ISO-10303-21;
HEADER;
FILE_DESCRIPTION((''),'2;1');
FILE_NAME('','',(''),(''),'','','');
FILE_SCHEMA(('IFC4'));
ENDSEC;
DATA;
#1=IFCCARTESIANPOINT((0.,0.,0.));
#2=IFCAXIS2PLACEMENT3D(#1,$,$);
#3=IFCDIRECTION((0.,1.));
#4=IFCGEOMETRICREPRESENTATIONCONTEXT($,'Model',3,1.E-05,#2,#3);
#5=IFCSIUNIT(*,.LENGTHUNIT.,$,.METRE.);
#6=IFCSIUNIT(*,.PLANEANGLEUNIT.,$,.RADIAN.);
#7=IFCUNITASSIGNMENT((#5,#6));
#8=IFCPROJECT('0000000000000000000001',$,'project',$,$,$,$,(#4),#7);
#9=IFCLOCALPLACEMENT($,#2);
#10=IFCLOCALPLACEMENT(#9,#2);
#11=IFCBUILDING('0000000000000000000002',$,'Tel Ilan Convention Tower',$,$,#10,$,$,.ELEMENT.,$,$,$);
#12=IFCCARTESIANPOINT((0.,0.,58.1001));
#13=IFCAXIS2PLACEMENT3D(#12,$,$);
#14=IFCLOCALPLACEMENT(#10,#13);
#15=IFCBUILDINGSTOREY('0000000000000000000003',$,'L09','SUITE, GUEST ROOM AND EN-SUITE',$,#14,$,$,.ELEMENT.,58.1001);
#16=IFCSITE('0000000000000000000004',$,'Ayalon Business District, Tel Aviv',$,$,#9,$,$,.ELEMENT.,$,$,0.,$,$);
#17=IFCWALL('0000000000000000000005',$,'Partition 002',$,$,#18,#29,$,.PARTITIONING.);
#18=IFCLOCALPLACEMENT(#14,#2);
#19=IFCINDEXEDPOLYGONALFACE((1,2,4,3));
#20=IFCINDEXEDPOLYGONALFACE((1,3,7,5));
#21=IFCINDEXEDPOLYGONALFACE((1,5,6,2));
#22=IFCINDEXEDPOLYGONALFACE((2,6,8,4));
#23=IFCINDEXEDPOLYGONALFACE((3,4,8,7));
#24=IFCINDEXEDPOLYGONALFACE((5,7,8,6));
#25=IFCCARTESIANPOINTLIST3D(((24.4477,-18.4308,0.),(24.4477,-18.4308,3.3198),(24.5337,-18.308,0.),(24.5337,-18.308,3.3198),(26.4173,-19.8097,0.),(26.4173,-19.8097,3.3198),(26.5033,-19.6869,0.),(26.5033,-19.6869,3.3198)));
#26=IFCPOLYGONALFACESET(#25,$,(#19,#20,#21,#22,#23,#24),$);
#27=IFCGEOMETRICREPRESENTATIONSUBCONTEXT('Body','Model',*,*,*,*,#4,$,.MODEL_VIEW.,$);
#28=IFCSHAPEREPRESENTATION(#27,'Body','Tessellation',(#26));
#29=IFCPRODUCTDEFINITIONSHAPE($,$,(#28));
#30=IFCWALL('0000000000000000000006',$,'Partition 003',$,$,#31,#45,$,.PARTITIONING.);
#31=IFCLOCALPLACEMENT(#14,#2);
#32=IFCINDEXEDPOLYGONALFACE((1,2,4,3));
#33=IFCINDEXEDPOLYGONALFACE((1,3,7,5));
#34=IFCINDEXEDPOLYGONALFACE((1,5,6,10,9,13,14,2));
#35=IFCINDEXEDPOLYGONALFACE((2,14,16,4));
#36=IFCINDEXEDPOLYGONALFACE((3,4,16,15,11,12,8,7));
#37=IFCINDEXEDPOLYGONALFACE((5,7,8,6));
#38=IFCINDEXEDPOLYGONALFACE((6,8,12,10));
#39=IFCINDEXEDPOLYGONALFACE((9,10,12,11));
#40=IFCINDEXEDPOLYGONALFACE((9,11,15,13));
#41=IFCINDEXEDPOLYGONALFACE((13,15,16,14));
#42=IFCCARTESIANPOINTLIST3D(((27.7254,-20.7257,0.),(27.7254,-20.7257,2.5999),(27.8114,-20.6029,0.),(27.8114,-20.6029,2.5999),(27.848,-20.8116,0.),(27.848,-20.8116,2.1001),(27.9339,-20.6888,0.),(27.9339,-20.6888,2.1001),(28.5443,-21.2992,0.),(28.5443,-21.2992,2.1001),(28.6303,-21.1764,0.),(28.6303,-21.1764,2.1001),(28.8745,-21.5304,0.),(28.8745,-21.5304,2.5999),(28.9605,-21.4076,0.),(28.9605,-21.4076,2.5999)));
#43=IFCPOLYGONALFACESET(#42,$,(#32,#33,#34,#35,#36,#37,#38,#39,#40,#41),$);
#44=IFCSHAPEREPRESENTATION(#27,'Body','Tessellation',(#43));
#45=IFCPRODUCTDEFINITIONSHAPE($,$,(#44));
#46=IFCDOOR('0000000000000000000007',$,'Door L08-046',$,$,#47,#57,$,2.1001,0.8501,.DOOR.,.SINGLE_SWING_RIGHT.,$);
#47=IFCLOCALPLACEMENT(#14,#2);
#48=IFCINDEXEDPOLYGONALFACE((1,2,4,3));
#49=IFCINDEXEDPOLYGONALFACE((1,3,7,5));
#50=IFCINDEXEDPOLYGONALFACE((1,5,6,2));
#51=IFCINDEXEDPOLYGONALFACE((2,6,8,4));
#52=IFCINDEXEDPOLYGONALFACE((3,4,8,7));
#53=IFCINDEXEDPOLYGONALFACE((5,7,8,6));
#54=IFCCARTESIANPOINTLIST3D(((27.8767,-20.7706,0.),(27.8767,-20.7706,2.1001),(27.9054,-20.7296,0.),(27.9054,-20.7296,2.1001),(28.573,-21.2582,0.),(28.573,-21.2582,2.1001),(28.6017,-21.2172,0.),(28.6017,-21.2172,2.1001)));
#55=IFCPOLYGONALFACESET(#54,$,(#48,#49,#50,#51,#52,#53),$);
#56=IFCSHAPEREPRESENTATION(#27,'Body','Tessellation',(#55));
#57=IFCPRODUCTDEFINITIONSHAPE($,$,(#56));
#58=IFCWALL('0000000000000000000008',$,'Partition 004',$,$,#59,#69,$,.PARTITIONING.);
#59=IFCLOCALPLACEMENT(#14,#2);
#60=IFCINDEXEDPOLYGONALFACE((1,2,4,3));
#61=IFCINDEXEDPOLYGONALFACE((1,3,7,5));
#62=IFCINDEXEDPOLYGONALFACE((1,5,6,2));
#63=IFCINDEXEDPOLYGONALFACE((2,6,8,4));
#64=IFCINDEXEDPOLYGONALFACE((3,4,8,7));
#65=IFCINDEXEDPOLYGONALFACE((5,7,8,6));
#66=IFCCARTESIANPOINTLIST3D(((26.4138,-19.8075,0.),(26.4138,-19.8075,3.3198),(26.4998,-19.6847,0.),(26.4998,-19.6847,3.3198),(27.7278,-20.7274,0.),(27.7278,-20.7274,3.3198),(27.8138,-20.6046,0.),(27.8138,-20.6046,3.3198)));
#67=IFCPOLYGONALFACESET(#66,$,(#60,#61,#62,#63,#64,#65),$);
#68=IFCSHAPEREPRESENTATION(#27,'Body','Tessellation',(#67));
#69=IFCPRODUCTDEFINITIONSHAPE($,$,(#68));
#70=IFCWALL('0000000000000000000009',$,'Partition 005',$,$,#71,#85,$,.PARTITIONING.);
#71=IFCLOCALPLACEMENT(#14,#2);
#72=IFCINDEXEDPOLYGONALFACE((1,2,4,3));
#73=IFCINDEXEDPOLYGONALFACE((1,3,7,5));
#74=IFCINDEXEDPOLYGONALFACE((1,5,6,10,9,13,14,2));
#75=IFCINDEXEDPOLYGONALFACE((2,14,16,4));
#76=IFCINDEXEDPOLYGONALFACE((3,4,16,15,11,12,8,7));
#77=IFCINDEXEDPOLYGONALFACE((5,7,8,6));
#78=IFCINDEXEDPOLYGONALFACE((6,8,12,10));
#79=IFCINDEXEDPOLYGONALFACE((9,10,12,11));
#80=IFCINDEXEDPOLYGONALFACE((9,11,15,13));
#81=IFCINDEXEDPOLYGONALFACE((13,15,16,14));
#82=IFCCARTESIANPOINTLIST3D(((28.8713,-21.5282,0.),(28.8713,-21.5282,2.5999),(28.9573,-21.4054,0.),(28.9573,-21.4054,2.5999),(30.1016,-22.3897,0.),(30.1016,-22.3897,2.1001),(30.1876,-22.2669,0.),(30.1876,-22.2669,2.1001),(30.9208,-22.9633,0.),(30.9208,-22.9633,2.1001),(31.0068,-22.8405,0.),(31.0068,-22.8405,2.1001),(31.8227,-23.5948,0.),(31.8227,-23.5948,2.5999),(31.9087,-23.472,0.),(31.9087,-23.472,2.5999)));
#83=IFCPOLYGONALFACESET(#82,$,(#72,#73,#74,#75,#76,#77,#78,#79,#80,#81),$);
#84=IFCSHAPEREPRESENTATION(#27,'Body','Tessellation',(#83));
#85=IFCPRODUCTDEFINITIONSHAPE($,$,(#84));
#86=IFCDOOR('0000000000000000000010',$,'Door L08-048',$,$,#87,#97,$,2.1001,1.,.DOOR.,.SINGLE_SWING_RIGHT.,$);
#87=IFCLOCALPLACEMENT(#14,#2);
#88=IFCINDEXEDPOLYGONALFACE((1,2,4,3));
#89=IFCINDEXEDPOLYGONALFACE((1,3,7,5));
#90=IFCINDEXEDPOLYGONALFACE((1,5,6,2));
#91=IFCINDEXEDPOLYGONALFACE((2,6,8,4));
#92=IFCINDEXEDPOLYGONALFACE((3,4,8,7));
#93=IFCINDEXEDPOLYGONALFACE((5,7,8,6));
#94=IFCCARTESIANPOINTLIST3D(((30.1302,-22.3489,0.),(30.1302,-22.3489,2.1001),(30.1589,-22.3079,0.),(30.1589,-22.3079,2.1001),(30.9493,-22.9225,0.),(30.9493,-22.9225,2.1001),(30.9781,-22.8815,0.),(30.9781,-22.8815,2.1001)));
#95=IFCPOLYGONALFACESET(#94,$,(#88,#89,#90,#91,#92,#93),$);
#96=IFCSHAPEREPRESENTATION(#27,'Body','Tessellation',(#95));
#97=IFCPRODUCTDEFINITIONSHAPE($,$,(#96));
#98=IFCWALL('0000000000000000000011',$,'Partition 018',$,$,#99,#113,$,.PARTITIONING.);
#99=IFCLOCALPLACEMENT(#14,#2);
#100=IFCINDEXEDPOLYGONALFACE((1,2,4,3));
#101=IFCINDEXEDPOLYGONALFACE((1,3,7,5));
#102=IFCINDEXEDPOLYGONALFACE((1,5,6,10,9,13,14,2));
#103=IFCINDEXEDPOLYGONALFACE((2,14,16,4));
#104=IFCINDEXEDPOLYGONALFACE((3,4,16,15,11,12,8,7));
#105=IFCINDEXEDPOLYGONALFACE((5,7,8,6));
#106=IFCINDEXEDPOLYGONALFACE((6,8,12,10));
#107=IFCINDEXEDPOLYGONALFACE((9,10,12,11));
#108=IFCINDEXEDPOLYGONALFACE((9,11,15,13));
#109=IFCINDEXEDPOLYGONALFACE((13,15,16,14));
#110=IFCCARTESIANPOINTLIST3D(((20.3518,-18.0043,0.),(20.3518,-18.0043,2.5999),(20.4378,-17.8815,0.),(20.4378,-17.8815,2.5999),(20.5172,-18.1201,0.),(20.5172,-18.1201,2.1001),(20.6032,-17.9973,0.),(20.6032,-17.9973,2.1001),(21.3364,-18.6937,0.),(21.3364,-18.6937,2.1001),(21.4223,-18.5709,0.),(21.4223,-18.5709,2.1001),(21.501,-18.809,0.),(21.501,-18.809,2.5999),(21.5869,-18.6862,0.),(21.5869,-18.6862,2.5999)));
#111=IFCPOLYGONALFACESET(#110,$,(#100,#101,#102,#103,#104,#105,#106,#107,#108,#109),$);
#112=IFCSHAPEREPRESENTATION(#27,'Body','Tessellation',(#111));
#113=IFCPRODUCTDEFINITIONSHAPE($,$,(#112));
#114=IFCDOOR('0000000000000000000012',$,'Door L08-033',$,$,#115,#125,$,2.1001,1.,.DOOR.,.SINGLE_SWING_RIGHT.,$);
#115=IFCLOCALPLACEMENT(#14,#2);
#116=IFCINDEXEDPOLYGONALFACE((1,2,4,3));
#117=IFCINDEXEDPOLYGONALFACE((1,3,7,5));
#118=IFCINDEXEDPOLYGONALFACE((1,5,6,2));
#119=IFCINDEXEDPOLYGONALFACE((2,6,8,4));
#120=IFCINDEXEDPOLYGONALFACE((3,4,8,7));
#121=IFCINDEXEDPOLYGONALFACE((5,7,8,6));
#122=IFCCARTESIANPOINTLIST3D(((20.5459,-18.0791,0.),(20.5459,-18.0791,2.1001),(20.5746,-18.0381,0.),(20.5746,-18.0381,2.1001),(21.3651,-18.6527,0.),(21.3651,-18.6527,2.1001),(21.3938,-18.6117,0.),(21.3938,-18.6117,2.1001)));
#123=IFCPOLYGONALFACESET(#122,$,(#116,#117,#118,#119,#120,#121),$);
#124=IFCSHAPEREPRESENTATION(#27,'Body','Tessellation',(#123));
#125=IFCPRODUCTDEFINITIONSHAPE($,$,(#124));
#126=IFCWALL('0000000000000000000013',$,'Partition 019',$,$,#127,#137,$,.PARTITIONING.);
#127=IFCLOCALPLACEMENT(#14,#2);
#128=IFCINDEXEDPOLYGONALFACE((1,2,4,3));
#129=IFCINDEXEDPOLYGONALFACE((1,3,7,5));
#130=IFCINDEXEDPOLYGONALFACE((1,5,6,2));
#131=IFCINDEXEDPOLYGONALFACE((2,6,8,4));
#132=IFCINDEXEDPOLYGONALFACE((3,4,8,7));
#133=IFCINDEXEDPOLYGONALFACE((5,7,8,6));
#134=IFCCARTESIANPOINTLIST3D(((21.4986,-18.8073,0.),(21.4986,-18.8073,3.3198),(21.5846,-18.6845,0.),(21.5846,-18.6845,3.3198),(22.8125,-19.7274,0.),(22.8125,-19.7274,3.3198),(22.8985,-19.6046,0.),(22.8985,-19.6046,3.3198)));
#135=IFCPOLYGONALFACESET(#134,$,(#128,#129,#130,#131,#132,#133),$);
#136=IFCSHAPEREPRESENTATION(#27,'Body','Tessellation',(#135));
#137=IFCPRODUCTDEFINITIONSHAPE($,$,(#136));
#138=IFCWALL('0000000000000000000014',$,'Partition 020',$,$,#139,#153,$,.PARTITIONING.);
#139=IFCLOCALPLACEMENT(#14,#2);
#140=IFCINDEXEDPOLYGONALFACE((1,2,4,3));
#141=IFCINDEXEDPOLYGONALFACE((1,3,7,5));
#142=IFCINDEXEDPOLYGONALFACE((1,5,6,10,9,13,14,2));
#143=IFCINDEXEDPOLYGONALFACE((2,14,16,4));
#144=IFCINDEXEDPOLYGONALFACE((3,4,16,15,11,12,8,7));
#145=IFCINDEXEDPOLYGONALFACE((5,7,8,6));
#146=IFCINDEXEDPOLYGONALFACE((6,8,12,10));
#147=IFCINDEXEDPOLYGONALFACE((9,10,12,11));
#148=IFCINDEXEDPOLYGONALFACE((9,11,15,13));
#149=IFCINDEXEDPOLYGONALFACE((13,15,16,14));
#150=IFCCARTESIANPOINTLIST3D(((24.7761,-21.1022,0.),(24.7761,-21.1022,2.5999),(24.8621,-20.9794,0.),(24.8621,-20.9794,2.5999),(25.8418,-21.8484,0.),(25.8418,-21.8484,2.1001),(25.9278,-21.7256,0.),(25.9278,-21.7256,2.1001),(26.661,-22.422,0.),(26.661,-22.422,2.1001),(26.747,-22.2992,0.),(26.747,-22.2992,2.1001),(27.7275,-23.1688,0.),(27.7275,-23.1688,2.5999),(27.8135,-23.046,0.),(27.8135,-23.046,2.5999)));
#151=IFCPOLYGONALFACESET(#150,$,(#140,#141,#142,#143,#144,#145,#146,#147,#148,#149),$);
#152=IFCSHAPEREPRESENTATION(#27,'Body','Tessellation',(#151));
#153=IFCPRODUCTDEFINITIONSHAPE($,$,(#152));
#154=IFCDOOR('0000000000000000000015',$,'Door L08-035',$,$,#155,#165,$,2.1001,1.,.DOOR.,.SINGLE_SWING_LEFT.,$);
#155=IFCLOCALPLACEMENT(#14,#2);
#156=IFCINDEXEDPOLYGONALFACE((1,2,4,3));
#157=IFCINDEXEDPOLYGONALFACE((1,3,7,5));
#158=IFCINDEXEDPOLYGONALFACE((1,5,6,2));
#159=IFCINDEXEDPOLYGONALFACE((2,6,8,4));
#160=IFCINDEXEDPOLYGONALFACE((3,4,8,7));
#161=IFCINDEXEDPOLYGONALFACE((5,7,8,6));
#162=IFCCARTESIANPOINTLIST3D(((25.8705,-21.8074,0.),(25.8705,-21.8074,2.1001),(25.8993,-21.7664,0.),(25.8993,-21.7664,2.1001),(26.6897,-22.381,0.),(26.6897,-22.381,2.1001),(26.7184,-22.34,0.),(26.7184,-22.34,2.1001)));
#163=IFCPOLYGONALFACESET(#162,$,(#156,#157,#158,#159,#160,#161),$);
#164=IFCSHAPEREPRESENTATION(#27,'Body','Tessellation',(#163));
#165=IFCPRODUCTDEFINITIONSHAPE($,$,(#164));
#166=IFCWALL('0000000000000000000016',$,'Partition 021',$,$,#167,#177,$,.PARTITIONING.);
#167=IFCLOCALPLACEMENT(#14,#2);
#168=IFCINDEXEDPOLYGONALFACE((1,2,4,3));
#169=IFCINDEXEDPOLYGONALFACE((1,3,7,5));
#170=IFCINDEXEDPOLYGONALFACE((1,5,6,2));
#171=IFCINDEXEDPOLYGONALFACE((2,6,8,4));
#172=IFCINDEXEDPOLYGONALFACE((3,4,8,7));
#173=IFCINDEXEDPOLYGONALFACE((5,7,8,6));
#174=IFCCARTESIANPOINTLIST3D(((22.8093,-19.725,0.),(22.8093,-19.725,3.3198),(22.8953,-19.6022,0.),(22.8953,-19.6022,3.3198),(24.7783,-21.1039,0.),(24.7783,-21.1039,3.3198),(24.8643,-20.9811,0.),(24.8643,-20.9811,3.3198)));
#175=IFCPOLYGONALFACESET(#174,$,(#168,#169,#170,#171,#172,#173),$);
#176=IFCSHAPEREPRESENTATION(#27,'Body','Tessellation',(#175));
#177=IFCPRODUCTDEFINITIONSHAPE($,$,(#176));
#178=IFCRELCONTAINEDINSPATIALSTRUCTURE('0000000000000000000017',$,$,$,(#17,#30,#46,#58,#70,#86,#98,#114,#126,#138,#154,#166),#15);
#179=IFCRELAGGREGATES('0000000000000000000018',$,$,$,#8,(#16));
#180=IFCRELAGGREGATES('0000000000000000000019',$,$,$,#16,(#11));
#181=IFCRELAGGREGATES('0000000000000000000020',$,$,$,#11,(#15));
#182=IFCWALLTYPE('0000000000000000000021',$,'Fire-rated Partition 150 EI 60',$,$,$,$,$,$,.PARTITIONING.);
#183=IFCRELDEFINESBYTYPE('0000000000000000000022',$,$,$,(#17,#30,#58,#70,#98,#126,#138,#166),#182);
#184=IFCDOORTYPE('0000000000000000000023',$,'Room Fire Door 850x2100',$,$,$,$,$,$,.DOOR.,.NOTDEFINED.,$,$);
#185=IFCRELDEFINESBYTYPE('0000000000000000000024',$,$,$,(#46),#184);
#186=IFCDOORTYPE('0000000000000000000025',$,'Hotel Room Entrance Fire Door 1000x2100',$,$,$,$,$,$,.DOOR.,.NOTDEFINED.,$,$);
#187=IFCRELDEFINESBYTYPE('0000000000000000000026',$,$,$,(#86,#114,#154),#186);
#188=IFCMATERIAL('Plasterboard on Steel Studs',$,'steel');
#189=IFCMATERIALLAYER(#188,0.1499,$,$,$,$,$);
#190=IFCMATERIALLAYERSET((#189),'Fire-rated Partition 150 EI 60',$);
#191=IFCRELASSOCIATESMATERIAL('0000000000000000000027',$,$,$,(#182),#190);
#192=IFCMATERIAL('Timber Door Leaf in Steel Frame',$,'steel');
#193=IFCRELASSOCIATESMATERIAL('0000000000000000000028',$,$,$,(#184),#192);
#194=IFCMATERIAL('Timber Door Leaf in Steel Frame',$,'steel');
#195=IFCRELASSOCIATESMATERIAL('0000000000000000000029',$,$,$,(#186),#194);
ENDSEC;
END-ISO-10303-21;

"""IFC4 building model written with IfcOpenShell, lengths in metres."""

from ifc_helpers import new_model, si_unit, direction, frame, frame_2d, origin, place, context, subcontext, project, spatial, rectangle, extrude, material, layer, layer_set, type_object, element, fill, save


model = new_model("IFC4")

# Units and contexts
model_context = context("Model", 3, precision=1e-05, world=origin(), true_north=direction((0.0, 1.0)))
body_context = subcontext(model_context, "Body", "Model", "MODEL_VIEW")
ifc_project = project(units=[si_unit("LENGTHUNIT", "METRE"), si_unit("PLANEANGLEUNIT", "RADIAN")], contexts=[model_context])

# Site, building, storey
site_placement = place(None, origin())
site = spatial("IfcSite", under=ifc_project, at=site_placement, Name="Ayalon Business District, Tel Aviv", CompositionType="ELEMENT", RefElevation=0.0)
building_placement = place(site_placement, origin())
building = spatial("IfcBuilding", under=site, at=building_placement, Name="Tel Ilan Convention Tower", CompositionType="ELEMENT")
storey_placement = place(building_placement, frame((0.0, 0.0, 58.1001)))
storey = spatial("IfcBuildingStorey", under=building, at=storey_placement, Name="L09", Description="SUITE, GUEST ROOM AND EN-SUITE", CompositionType="ELEMENT", Elevation=58.1001)

# Wall
ifc_material_1 = material(Name="Plasterboard on Steel Studs", Category="steel")
ifc_layer_1 = layer(ifc_material_1, 0.1499)
ifc_layer_set_1 = layer_set([ifc_layer_1], Name="Fire-rated Partition 150 EI 60")
wall_type_1 = type_object("IfcWallType", Name="Fire-rated Partition 150 EI 60", PredefinedType="PARTITIONING", material=ifc_layer_set_1)
wall_1_placement = place(storey_placement, frame((24.4907, -18.3694, 0.0), z_axis=(0.0, 0.0, 1.0), x_axis=(0.819179, -0.573537, 0.0)))
element("IfcWall", 1, at=wall_1_placement, inside=storey, type_object=wall_type_1, Name="Partition 002", PredefinedType="PARTITIONING", context=body_context, shape_type="SweptSolid", body=[
    extrude(rectangle(XDim=2.4043, YDim=0.1499, at=frame_2d((1.2021, 0.0))), origin(), (0.0, 0.0, 1.0), 3.3198),
])

# Wall, opening, door
wall_2_placement = place(storey_placement, frame((28.9175, -21.469, 0.0), z_axis=(0.0, 0.0, 1.0), x_axis=(-0.819142, 0.573591, 0.0)))
wall_2 = element("IfcWall", 2, at=wall_2_placement, inside=storey, type_object=wall_type_1, Name="Partition 003", PredefinedType="PARTITIONING", context=body_context, shape_type="SweptSolid", body=[
    extrude(rectangle(XDim=1.4028, YDim=0.1499, at=frame_2d((0.7014, 0.0))), origin(), (0.0, 0.0, 1.0), 2.5999),
])
opening_1_placement = place(wall_2_placement, frame((0.4031, 0.0, 0.0)))
opening_1 = element("IfcOpeningElement", 3, at=opening_1_placement, cuts=wall_2, PredefinedType="OPENING", context=body_context, shape_type="SweptSolid", body=[
    extrude(rectangle(XDim=0.8501, YDim=2.1001, at=frame_2d((0.425, 1.05))), frame((0.0, 0.085, 0.0), z_axis=(0.0, -1.0, 0.0), x_axis=(1.0, 0.0, 0.0)), (0.0, 0.0, 1.0), 0.1699),
])
ifc_material_2 = material(Name="Timber Door Leaf in Steel Frame", Category="steel")
door_type_1 = type_object("IfcDoorType", Name="Room Fire Door 850x2100", OperationType="NOTDEFINED", PredefinedType="DOOR", material=ifc_material_2)
door_1_placement = place(opening_1_placement, origin())
door_1 = element("IfcDoor", 4, at=door_1_placement, inside=storey, type_object=door_type_1, Name="Door L08-046", OperationType="SINGLE_SWING_RIGHT", OverallHeight=2.1001, OverallWidth=0.8501, PredefinedType="DOOR", context=body_context, shape_type="SweptSolid", body=[
    extrude(rectangle(XDim=0.8501, YDim=2.1001, at=frame_2d((0.425, 1.05))), frame((0.0, 0.0249, 0.0), z_axis=(0.0, -1.0, 0.0), x_axis=(1.0, 0.0, 0.0)), (0.0, 0.0, 1.0), 0.05),
])
fill(opening_1, door_1)

# Wall
wall_3_placement = place(storey_placement, frame((26.4568, -19.7461, 0.0), z_axis=(0.0, 0.0, 1.0), x_axis=(0.819189, -0.573524, 0.0)))
element("IfcWall", 5, at=wall_3_placement, inside=storey, type_object=wall_type_1, Name="Partition 004", PredefinedType="PARTITIONING", context=body_context, shape_type="SweptSolid", body=[
    extrude(rectangle(XDim=1.604, YDim=0.1499, at=frame_2d((0.802, 0.0))), origin(), (0.0, 0.0, 1.0), 3.3198),
])

# Walls, openings, doors
wall_4_placement = place(storey_placement, frame((28.9143, -21.4668, 0.0), z_axis=(0.0, 0.0, 1.0), x_axis=(0.819146, -0.573585, 0.0)))
wall_4 = element("IfcWall", 6, at=wall_4_placement, inside=storey, type_object=wall_type_1, Name="Partition 005", PredefinedType="PARTITIONING", context=body_context, shape_type="SweptSolid", body=[
    extrude(rectangle(XDim=3.603, YDim=0.1499, at=frame_2d((1.8015, 0.0))), origin(), (0.0, 0.0, 1.0), 2.5999),
])
opening_2_placement = place(wall_4_placement, frame((1.502, 0.0, 0.0)))
opening_2 = element("IfcOpeningElement", 7, at=opening_2_placement, cuts=wall_4, PredefinedType="OPENING", context=body_context, shape_type="SweptSolid", body=[
    extrude(rectangle(XDim=1.0, YDim=2.1001, at=frame_2d((0.5, 1.05))), frame((0.0, 0.085, 0.0), z_axis=(0.0, -1.0, 0.0), x_axis=(1.0, 0.0, 0.0)), (0.0, 0.0, 1.0), 0.1699),
])
ifc_material_3 = material(Name="Timber Door Leaf in Steel Frame", Category="steel")
door_type_2 = type_object("IfcDoorType", Name="Hotel Room Entrance Fire Door 1000x2100", OperationType="NOTDEFINED", PredefinedType="DOOR", material=ifc_material_3)
door_2_placement = place(opening_2_placement, origin())
door_2 = element("IfcDoor", 8, at=door_2_placement, inside=storey, type_object=door_type_2, Name="Door L08-048", OperationType="SINGLE_SWING_RIGHT", OverallHeight=2.1001, OverallWidth=1.0, PredefinedType="DOOR", context=body_context, shape_type="SweptSolid", body=[
    extrude(rectangle(XDim=1.0, YDim=2.1001, at=frame_2d((0.5, 1.05))), frame((0.0, 0.0249, 0.0), z_axis=(0.0, -1.0, 0.0), x_axis=(1.0, 0.0, 0.0)), (0.0, 0.0, 1.0), 0.05),
])
fill(opening_2, door_2)
wall_5_placement = place(storey_placement, frame((21.5439, -18.7476, 0.0), z_axis=(0.0, 0.0, 1.0), x_axis=(-0.819142, 0.573591, 0.0)))
wall_5 = element("IfcWall", 9, at=wall_5_placement, inside=storey, type_object=wall_type_1, Name="Partition 018", PredefinedType="PARTITIONING", context=body_context, shape_type="SweptSolid", body=[
    extrude(rectangle(XDim=1.4028, YDim=0.1499, at=frame_2d((0.7014, 0.0))), origin(), (0.0, 0.0, 1.0), 2.5999),
])
opening_3_placement = place(wall_5_placement, frame((0.2009, 0.0, 0.0)))
opening_3 = element("IfcOpeningElement", 10, at=opening_3_placement, cuts=wall_5, PredefinedType="OPENING", context=body_context, shape_type="SweptSolid", body=[
    extrude(rectangle(XDim=1.0, YDim=2.1001, at=frame_2d((0.5, 1.05))), frame((0.0, 0.085, 0.0), z_axis=(0.0, -1.0, 0.0), x_axis=(1.0, 0.0, 0.0)), (0.0, 0.0, 1.0), 0.1699),
])
door_3_placement = place(opening_3_placement, origin())
door_3 = element("IfcDoor", 11, at=door_3_placement, inside=storey, type_object=door_type_2, Name="Door L08-033", OperationType="SINGLE_SWING_RIGHT", OverallHeight=2.1001, OverallWidth=1.0, PredefinedType="DOOR", context=body_context, shape_type="SweptSolid", body=[
    extrude(rectangle(XDim=1.0, YDim=2.1001, at=frame_2d((0.5, 1.05))), frame((0.0, 0.0249, 0.0), z_axis=(0.0, -1.0, 0.0), x_axis=(1.0, 0.0, 0.0)), (0.0, 0.0, 1.0), 0.05),
])
fill(opening_3, door_3)

# Wall
wall_6_placement = place(storey_placement, frame((22.8555, -19.666, 0.0), z_axis=(0.0, 0.0, 1.0), x_axis=(-0.819118, 0.573626, 0.0)))
element("IfcWall", 12, at=wall_6_placement, inside=storey, type_object=wall_type_1, Name="Partition 019", PredefinedType="PARTITIONING", context=body_context, shape_type="SweptSolid", body=[
    extrude(rectangle(XDim=1.604, YDim=0.1499, at=frame_2d((0.802, 0.0))), origin(), (0.0, 0.0, 1.0), 3.3198),
])

# Wall, opening, door
wall_7_placement = place(storey_placement, frame((27.7705, -23.1074, 0.0), z_axis=(0.0, 0.0, 1.0), x_axis=(-0.819146, 0.573585, 0.0)))
wall_7 = element("IfcWall", 13, at=wall_7_placement, inside=storey, type_object=wall_type_1, Name="Partition 020", PredefinedType="PARTITIONING", context=body_context, shape_type="SweptSolid", body=[
    extrude(rectangle(XDim=3.603, YDim=0.1499, at=frame_2d((1.8015, 0.0))), origin(), (0.0, 0.0, 1.0), 2.5999),
])
opening_4_placement = place(wall_7_placement, frame((1.302, 0.0, 0.0)))
opening_4 = element("IfcOpeningElement", 14, at=opening_4_placement, cuts=wall_7, PredefinedType="OPENING", context=body_context, shape_type="SweptSolid", body=[
    extrude(rectangle(XDim=1.0, YDim=2.1001, at=frame_2d((0.5, 1.05))), frame((0.0, 0.085, 0.0), z_axis=(0.0, -1.0, 0.0), x_axis=(1.0, 0.0, 0.0)), (0.0, 0.0, 1.0), 0.1699),
])
door_4_placement = place(opening_4_placement, origin())
door_4 = element("IfcDoor", 15, at=door_4_placement, inside=storey, type_object=door_type_2, Name="Door L08-035", OperationType="SINGLE_SWING_LEFT", OverallHeight=2.1001, OverallWidth=1.0, PredefinedType="DOOR", context=body_context, shape_type="SweptSolid", body=[
    extrude(rectangle(XDim=1.0, YDim=2.1001, at=frame_2d((0.5, 1.05))), frame((0.0, 0.0249, 0.0), z_axis=(0.0, -1.0, 0.0), x_axis=(1.0, 0.0, 0.0)), (0.0, 0.0, 1.0), 0.05),
])
fill(opening_4, door_4)

# Wall
wall_8_placement = place(storey_placement, frame((24.8213, -21.0425, 0.0), z_axis=(0.0, 0.0, 1.0), x_axis=(-0.819113, 0.573633, 0.0)))
element("IfcWall", 16, at=wall_8_placement, inside=storey, type_object=wall_type_1, Name="Partition 021", PredefinedType="PARTITIONING", context=body_context, shape_type="SweptSolid", body=[
    extrude(rectangle(XDim=2.4038, YDim=0.1499, at=frame_2d((1.2019, 0.0))), origin(), (0.0, 0.0, 1.0), 3.3198),
])

save(model, "model.ifc")
